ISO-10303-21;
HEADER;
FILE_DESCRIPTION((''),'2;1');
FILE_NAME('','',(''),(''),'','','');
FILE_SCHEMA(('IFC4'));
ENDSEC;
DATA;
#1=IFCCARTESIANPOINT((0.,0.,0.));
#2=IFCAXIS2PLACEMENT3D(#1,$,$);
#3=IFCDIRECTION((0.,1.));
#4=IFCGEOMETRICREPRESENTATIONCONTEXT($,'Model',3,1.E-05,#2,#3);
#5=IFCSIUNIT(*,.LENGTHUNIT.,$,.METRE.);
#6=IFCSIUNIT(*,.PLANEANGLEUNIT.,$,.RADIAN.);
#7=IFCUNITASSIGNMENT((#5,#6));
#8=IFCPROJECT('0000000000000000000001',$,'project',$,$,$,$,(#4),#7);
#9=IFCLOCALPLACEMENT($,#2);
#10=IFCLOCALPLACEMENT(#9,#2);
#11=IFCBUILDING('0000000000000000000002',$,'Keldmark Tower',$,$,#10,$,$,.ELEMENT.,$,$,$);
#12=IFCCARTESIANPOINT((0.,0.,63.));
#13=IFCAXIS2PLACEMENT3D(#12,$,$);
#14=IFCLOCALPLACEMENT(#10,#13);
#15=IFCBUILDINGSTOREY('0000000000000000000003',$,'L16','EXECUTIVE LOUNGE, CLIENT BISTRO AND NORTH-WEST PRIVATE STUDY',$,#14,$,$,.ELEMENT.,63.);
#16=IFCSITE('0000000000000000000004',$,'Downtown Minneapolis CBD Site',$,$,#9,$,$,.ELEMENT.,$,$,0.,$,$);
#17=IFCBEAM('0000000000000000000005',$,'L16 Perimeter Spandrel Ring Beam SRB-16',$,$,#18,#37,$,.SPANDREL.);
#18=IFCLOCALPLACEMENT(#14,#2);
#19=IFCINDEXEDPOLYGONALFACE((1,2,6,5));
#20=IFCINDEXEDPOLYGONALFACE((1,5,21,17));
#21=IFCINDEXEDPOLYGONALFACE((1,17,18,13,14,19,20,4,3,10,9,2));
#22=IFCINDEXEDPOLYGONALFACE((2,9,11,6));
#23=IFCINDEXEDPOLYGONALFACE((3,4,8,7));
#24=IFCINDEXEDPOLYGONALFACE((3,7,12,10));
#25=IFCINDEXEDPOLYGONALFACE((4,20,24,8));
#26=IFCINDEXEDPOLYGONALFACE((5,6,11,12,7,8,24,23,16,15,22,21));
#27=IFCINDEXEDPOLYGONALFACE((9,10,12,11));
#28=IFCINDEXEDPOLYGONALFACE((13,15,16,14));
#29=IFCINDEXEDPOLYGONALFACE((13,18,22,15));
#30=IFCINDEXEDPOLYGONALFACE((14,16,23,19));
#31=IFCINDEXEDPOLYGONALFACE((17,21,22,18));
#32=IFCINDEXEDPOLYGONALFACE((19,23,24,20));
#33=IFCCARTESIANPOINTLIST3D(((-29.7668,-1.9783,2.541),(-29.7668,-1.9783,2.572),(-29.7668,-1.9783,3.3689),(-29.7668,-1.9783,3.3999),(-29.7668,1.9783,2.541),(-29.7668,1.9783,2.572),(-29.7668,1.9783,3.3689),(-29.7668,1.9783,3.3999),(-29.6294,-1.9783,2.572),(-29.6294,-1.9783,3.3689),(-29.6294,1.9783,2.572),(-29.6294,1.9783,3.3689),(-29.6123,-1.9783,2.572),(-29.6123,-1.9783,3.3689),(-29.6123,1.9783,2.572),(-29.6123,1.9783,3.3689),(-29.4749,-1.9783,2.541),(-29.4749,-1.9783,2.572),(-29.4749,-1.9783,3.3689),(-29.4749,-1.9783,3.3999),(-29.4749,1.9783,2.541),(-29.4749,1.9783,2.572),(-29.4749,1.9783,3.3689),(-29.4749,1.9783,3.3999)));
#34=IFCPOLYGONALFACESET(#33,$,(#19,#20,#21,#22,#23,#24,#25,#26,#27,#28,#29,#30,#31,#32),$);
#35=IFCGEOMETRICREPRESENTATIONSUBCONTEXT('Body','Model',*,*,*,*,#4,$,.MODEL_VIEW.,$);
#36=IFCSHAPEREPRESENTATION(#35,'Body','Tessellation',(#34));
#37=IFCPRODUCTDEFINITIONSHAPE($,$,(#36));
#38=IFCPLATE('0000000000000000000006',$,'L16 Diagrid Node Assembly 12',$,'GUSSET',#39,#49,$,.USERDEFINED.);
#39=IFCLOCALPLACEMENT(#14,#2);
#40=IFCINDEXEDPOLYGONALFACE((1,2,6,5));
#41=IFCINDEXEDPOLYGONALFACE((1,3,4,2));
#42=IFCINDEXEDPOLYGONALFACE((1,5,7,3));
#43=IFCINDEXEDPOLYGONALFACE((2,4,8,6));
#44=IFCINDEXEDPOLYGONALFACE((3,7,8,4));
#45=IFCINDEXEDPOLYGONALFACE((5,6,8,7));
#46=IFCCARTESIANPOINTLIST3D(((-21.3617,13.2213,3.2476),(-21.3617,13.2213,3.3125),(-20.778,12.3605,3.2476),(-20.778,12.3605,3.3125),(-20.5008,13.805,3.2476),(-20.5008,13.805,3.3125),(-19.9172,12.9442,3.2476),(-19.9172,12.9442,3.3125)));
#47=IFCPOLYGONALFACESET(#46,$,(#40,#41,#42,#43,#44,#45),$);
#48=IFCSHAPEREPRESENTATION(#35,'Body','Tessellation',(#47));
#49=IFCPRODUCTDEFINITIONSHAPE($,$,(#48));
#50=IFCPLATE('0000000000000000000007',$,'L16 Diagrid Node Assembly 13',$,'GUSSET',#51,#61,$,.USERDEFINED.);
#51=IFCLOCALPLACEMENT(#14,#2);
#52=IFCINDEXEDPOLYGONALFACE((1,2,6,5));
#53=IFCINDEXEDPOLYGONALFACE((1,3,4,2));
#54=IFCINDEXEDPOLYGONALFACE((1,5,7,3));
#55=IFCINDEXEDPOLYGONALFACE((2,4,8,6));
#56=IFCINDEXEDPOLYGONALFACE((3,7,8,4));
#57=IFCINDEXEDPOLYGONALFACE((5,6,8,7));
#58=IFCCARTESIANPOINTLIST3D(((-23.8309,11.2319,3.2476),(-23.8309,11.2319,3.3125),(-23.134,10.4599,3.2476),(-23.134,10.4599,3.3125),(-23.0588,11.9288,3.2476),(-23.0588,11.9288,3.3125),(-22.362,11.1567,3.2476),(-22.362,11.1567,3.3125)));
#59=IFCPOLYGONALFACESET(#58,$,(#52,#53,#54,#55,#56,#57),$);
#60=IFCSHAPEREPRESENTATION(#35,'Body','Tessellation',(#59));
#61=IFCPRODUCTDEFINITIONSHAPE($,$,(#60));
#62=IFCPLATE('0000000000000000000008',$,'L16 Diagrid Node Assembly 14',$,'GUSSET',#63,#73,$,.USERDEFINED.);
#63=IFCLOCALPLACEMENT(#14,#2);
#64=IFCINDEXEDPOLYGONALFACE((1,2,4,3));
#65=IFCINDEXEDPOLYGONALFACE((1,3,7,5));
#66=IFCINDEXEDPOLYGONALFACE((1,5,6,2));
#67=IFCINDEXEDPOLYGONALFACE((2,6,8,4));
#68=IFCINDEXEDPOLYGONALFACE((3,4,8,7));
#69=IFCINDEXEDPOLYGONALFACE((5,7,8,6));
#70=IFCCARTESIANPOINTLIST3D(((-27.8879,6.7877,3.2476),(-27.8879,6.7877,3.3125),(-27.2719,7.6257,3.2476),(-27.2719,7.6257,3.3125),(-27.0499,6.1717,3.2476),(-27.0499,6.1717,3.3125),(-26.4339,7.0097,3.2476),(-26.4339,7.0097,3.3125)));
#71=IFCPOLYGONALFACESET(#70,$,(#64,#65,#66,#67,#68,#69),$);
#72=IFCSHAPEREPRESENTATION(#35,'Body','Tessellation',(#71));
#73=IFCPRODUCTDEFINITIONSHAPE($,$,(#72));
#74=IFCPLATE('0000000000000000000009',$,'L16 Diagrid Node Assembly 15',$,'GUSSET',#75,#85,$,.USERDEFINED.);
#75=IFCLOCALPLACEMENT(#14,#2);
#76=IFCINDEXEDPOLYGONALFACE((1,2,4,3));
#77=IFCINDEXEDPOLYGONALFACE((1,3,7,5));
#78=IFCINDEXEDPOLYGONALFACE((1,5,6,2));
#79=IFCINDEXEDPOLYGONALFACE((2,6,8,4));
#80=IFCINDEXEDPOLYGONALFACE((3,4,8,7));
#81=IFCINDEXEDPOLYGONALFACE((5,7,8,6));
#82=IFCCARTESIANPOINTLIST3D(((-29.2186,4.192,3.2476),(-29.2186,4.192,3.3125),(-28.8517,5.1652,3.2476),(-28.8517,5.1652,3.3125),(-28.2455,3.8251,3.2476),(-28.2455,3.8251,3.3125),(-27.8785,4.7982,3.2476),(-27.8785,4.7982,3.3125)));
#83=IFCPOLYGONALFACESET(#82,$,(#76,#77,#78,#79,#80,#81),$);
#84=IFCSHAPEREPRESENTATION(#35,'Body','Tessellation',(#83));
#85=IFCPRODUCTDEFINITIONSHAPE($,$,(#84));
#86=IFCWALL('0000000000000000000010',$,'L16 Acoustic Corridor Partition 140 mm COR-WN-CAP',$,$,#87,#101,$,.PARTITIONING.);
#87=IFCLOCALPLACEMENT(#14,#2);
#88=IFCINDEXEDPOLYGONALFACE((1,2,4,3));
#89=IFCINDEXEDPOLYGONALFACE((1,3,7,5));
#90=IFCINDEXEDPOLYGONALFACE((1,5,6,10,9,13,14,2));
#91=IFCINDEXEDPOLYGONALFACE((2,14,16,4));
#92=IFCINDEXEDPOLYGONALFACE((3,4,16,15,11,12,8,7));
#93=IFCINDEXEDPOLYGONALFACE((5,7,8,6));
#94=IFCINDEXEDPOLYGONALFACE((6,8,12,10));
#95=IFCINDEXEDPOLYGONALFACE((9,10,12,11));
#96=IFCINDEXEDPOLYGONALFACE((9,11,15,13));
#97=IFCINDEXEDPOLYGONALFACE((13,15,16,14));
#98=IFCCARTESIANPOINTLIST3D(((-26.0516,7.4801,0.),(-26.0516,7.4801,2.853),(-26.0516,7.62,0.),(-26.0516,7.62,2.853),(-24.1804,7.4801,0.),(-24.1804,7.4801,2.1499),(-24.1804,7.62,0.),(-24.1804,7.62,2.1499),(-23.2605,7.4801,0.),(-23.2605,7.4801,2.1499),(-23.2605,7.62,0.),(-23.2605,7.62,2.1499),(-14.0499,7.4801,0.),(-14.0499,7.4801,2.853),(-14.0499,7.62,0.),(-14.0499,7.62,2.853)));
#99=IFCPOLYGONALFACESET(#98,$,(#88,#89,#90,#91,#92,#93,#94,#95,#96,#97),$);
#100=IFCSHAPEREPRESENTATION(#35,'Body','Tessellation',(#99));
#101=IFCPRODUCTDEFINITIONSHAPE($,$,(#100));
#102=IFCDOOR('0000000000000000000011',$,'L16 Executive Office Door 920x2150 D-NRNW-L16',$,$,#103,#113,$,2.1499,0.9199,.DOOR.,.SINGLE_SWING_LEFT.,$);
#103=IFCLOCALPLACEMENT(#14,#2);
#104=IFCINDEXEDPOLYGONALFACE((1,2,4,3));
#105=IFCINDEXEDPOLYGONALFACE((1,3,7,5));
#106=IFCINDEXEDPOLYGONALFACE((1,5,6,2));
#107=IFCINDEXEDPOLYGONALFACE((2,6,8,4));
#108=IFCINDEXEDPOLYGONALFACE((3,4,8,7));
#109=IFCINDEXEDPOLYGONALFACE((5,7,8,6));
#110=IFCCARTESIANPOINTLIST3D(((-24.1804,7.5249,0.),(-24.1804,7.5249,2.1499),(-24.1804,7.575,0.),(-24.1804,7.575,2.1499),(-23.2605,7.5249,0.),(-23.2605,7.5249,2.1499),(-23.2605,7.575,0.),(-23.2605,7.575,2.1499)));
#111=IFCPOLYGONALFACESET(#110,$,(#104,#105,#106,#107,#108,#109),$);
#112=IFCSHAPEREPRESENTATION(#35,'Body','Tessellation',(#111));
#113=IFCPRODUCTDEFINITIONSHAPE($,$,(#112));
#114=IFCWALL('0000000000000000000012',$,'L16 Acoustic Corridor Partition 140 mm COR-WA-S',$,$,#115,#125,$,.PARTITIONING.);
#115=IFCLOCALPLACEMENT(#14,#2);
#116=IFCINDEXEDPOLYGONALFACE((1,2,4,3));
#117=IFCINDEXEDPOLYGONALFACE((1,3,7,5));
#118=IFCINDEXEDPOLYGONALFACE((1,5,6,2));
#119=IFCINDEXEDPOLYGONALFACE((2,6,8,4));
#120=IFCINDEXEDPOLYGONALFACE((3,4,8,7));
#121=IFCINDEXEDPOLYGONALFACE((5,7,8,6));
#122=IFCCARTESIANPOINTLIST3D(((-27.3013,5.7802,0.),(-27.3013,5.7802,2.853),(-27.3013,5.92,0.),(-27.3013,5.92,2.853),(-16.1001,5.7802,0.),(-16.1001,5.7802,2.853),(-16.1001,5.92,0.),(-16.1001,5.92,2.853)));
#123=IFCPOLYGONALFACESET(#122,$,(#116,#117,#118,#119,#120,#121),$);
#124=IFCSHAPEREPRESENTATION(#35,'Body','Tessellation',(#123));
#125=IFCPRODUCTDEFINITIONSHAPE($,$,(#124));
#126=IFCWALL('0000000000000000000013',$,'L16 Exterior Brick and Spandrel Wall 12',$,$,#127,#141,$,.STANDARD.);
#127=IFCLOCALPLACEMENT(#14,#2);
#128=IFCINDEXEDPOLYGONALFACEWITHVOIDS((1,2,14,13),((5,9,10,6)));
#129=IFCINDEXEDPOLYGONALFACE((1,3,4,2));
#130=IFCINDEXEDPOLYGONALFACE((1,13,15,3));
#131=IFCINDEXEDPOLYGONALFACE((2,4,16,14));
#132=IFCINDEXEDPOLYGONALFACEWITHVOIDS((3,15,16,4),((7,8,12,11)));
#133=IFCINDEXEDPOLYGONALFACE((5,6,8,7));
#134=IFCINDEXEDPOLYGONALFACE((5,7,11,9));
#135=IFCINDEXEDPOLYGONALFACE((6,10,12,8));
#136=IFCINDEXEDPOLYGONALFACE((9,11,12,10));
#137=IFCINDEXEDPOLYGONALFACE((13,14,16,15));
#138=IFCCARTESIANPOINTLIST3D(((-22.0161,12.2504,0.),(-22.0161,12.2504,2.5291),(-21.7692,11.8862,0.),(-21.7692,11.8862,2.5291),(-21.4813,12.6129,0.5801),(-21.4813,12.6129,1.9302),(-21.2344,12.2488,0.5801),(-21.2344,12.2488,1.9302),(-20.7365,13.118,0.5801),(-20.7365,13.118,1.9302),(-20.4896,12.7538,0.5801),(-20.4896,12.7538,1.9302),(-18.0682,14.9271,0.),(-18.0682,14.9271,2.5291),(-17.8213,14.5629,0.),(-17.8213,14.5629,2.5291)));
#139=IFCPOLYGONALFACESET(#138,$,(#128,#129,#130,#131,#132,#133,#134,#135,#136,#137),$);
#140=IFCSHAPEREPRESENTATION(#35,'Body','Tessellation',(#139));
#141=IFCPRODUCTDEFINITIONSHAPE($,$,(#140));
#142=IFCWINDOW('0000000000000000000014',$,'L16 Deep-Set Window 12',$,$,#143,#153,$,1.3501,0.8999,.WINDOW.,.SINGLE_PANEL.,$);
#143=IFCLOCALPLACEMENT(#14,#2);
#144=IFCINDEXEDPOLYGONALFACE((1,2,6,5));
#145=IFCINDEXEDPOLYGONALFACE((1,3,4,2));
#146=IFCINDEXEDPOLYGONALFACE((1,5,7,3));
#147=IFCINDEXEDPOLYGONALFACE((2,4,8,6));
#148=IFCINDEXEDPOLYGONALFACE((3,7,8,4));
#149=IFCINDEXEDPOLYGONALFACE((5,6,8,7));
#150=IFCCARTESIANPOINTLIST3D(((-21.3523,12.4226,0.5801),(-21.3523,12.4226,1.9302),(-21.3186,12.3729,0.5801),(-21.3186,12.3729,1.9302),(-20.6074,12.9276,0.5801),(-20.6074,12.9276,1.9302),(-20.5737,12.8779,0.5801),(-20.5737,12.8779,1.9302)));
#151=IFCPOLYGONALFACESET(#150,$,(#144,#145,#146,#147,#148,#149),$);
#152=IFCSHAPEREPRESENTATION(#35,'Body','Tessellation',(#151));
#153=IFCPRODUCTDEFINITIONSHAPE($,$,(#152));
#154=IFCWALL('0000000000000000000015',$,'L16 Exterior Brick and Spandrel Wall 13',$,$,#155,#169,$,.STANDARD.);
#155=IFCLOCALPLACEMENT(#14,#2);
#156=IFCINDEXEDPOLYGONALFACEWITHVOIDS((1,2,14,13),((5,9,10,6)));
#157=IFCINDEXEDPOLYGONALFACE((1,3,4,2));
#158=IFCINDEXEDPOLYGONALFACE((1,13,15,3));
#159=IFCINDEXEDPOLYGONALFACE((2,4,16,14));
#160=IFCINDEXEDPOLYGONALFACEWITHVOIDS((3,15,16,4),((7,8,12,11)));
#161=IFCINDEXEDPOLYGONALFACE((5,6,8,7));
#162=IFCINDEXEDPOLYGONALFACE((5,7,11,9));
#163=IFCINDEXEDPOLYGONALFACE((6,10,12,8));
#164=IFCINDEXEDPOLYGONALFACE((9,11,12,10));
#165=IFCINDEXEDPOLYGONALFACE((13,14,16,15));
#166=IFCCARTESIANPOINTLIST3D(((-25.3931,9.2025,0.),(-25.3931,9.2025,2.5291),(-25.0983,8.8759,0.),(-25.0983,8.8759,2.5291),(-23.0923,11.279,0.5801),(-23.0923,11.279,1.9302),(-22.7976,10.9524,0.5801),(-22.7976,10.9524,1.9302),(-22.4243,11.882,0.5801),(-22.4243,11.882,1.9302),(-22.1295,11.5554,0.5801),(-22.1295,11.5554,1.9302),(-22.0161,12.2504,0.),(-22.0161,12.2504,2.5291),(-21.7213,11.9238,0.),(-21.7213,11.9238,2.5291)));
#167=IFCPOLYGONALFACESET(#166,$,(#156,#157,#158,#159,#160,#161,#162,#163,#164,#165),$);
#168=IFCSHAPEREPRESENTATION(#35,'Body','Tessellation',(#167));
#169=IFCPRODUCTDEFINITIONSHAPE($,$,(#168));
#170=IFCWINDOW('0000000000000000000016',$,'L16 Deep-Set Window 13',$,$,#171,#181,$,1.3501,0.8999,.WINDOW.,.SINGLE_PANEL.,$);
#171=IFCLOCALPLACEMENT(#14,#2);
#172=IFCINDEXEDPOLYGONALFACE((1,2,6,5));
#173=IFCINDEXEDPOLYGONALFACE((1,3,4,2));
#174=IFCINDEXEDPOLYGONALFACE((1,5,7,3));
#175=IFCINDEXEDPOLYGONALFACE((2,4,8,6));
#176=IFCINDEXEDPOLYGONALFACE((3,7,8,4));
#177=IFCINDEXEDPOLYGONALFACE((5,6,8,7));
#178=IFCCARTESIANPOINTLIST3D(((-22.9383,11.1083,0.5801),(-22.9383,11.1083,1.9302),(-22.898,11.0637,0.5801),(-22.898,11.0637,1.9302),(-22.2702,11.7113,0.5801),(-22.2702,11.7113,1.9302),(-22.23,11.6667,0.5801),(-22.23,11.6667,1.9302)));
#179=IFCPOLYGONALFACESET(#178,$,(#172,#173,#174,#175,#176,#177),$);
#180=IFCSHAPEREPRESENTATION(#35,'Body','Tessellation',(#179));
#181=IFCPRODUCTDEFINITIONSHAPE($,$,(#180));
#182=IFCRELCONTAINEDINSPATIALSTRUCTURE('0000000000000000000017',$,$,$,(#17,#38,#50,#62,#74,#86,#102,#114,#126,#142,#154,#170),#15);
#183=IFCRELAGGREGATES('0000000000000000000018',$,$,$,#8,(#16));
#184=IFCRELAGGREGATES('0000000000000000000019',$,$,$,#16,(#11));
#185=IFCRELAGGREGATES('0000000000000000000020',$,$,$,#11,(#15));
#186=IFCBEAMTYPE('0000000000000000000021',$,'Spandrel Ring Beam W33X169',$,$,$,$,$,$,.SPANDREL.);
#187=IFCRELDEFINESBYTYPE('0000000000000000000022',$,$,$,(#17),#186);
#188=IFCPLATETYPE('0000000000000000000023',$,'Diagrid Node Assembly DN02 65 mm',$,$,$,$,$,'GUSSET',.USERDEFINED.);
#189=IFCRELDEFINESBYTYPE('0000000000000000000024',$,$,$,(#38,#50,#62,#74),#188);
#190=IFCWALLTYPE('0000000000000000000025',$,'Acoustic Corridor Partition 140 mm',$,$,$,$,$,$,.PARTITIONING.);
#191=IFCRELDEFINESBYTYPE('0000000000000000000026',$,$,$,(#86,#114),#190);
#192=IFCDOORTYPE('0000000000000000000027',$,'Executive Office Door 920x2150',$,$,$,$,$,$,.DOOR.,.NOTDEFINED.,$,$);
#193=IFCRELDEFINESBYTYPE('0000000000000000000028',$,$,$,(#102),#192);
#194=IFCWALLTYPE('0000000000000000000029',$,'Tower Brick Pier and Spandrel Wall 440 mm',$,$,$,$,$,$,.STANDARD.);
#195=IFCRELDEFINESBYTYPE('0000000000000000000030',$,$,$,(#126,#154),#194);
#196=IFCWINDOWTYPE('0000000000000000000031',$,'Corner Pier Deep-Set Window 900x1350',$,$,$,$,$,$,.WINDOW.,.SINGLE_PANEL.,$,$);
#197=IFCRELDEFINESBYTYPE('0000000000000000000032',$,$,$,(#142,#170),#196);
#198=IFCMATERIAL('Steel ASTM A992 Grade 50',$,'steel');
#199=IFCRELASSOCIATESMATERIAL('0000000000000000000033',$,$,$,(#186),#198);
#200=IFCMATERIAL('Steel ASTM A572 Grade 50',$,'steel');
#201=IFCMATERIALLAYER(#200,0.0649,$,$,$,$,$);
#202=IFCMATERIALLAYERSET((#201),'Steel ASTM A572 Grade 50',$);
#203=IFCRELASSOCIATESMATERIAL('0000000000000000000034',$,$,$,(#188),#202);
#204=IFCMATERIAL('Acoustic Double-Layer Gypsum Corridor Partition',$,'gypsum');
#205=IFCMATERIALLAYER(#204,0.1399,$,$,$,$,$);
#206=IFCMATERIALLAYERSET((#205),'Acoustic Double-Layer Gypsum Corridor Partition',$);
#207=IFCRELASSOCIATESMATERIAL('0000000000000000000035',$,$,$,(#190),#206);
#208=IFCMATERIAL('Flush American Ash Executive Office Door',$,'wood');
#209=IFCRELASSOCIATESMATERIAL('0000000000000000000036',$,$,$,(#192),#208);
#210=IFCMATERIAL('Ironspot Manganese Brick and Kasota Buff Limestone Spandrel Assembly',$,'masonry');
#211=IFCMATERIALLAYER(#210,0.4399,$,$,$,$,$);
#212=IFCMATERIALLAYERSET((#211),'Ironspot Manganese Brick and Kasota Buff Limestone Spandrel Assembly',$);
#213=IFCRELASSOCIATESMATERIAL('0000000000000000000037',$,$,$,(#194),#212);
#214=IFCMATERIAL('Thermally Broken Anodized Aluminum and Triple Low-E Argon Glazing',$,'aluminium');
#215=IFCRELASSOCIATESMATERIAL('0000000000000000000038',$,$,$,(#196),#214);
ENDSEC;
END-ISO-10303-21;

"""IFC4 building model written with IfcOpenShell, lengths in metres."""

from ifc_helpers import new_model, si_unit, direction, frame, frame_2d, origin, origin_2d, place, context, subcontext, project, spatial, rectangle, i_section, extrude, material, layer, layer_set, material_profile, profile_set, type_object, element, fill, save


model = new_model("IFC4")

# Units and contexts
model_context = context("Model", 3, precision=1e-05, world=origin(), true_north=direction((0.0, 1.0)))
body_context = subcontext(model_context, "Body", "Model", "MODEL_VIEW")
ifc_project = project(units=[si_unit("LENGTHUNIT", "METRE"), si_unit("PLANEANGLEUNIT", "RADIAN")], contexts=[model_context])

# Site, building, storey
site_placement = place(None, origin())
site = spatial("IfcSite", under=ifc_project, at=site_placement, Name="Downtown Minneapolis CBD Site", CompositionType="ELEMENT", RefElevation=0.0)
building_placement = place(site_placement, origin())
building = spatial("IfcBuilding", under=site, at=building_placement, Name="Keldmark Tower", CompositionType="ELEMENT")
storey_placement = place(building_placement, frame((0.0, 0.0, 63.0)))
storey = spatial("IfcBuildingStorey", under=building, at=storey_placement, Name="L16", Description="EXECUTIVE LOUNGE, CLIENT BISTRO AND NORTH-WEST PRIVATE STUDY", CompositionType="ELEMENT", Elevation=63.0)

# Beam
ifc_material_1 = material(Name="Steel ASTM A992 Grade 50", Category="steel")
ifc_material_profile_1 = material_profile(ifc_material_1, i_section(OverallWidth=0.292, OverallDepth=0.8589, WebThickness=0.0171, FlangeThickness=0.031, at=origin_2d()), Name="W33X169")
ifc_profile_set_1 = profile_set([ifc_material_profile_1], Name="Steel ASTM A992 Grade 50")
beam_type_1 = type_object("IfcBeamType", Name="Spandrel Ring Beam W33X169", PredefinedType="SPANDREL", material=ifc_profile_set_1)
beam_1_placement = place(storey_placement, frame((-29.6208, 1.9783, 2.9705), z_axis=(0.0, -1.0, 0.0), x_axis=(1.0, 0.0, 0.0)))
element("IfcBeam", 1, at=beam_1_placement, inside=storey, type_object=beam_type_1, Name="L16 Perimeter Spandrel Ring Beam SRB-16", PredefinedType="SPANDREL", context=body_context, shape_type="SweptSolid", body=[
    extrude(i_section(OverallWidth=0.292, OverallDepth=0.8589, WebThickness=0.0171, FlangeThickness=0.031, at=origin_2d()), origin(), (0.0, 0.0, 1.0), 3.9565),
])

# Plates
ifc_material_2 = material(Name="Steel ASTM A572 Grade 50", Category="steel")
ifc_layer_1 = layer(ifc_material_2, 0.0649)
ifc_layer_set_1 = layer_set([ifc_layer_1], Name="Steel ASTM A572 Grade 50")
plate_type = type_object("IfcPlateType", Name="Diagrid Node Assembly DN02 65 mm", ElementType="GUSSET", PredefinedType="USERDEFINED", material=ifc_layer_set_1)
for number, where, z_axis, x_axis, name in (
    (2, (-20.6394, 13.0828, 3.2476), (0.0, 0.0, 1.0), (-0.827669, -0.561217, 0.0), "L16 Diagrid Node Assembly 12"),
    (3, (-23.0964, 11.1943, 3.2476), (0.0, 0.0, 1.0), (-0.742327, -0.670038, 0.0), "L16 Diagrid Node Assembly 13"),
    (4, (-27.1609, 6.8987, 3.2476), (0.0, 0.0, 1.0), (-0.592294, -0.805722, 0.0), "L16 Diagrid Node Assembly 14"),
    (5, (-28.5486, 4.4951, 3.2476), (0.0, 0.0, 1.0), (-0.352822, -0.935691, 0.0), "L16 Diagrid Node Assembly 15"),
):
    element("IfcPlate", number, at=place(storey_placement, frame(where, z_axis=z_axis, x_axis=x_axis)), inside=storey, type_object=plate_type, Name=name, ObjectType="GUSSET", PredefinedType="USERDEFINED", context=body_context, shape_type="SweptSolid", body=[
        extrude(rectangle(XDim=1.04, YDim=1.04, at=origin_2d()), origin(), (0.0, 0.0, 1.0), 0.0649),
    ])

# Wall, opening, door
ifc_material_3 = material(Name="Acoustic Double-Layer Gypsum Corridor Partition", Category="gypsum")
ifc_layer_2 = layer(ifc_material_3, 0.1399)
ifc_layer_set_2 = layer_set([ifc_layer_2], Name="Acoustic Double-Layer Gypsum Corridor Partition")
wall_type_1 = type_object("IfcWallType", Name="Acoustic Corridor Partition 140 mm", PredefinedType="PARTITIONING", material=ifc_layer_set_2)
wall_1_placement = place(storey_placement, frame((-26.0518, 7.55, 0.0), z_axis=(0.0, 0.0, 1.0), x_axis=(1.0, 0.0, 0.0)))
wall_1 = element("IfcWall", 6, at=wall_1_placement, inside=storey, type_object=wall_type_1, Name="L16 Acoustic Corridor Partition 140 mm COR-WN-CAP", PredefinedType="PARTITIONING", context=body_context, shape_type="SweptSolid", body=[
    extrude(rectangle(XDim=12.0017, YDim=0.1399, at=frame_2d((6.001, 0.0))), origin(), (0.0, 0.0, 1.0), 2.853),
])
opening_1_placement = place(wall_1_placement, frame((1.8713, 0.0, 0.0)))
opening_1 = element("IfcOpeningElement", 7, at=opening_1_placement, cuts=wall_1, PredefinedType="OPENING", context=body_context, shape_type="SweptSolid", body=[
    extrude(rectangle(XDim=0.9199, YDim=2.1499, at=frame_2d((0.46, 1.075))), frame((0.0, 0.0798, 0.0), z_axis=(0.0, -1.0, 0.0), x_axis=(1.0, 0.0, 0.0)), (0.0, 0.0, 1.0), 0.1599),
])
ifc_material_4 = material(Name="Flush American Ash Executive Office Door", Category="wood")
door_type = type_object("IfcDoorType", Name="Executive Office Door 920x2150", OperationType="NOTDEFINED", PredefinedType="DOOR", material=ifc_material_4)
door_placement = place(opening_1_placement, origin())
door = element("IfcDoor", 8, at=door_placement, inside=storey, type_object=door_type, Name="L16 Executive Office Door 920x2150 D-NRNW-L16", OperationType="SINGLE_SWING_LEFT", OverallHeight=2.1499, OverallWidth=0.9199, PredefinedType="DOOR", context=body_context, shape_type="SweptSolid", body=[
    extrude(rectangle(XDim=0.9199, YDim=2.1499, at=frame_2d((0.46, 1.075))), frame((0.0, 0.0249, 0.0), z_axis=(0.0, -1.0, 0.0), x_axis=(1.0, 0.0, 0.0)), (0.0, 0.0, 1.0), 0.05),
])
fill(opening_1, door)

# Wall
wall_2_placement = place(storey_placement, frame((-27.3013, 5.8501, 0.0), z_axis=(0.0, 0.0, 1.0), x_axis=(1.0, 0.0, 0.0)))
element("IfcWall", 9, at=wall_2_placement, inside=storey, type_object=wall_type_1, Name="L16 Acoustic Corridor Partition 140 mm COR-WA-S", PredefinedType="PARTITIONING", context=body_context, shape_type="SweptSolid", body=[
    extrude(rectangle(XDim=11.2012, YDim=0.1399, at=frame_2d((5.6006, 0.0))), origin(), (0.0, 0.0, 1.0), 2.853),
])

# Walls, openings, windows
ifc_material_5 = material(Name="Ironspot Manganese Brick and Kasota Buff Limestone Spandrel Assembly", Category="masonry")
ifc_layer_3 = layer(ifc_material_5, 0.4399)
ifc_layer_set_3 = layer_set([ifc_layer_3], Name="Ironspot Manganese Brick and Kasota Buff Limestone Spandrel Assembly")
wall_type_2 = type_object("IfcWallType", Name="Tower Brick Pier and Spandrel Wall 440 mm", PredefinedType="STANDARD", material=ifc_layer_set_3)
wall_3_placement = place(storey_placement, frame((-21.8926, 12.0684, 0.0), z_axis=(0.0, 0.0, 1.0), x_axis=(0.827694, 0.56118, 0.0)))
wall_3 = element("IfcWall", 10, at=wall_3_placement, inside=storey, type_object=wall_type_2, Name="L16 Exterior Brick and Spandrel Wall 12", PredefinedType="STANDARD", context=body_context, shape_type="SweptSolid", body=[
    extrude(rectangle(XDim=4.7698, YDim=0.4399, at=frame_2d((2.3848, 0.0))), origin(), (0.0, 0.0, 1.0), 2.5291),
])
opening_2_placement = place(wall_3_placement, frame((0.646, 0.0, 0.5801)))
opening_2 = element("IfcOpeningElement", 11, at=opening_2_placement, cuts=wall_3, PredefinedType="OPENING", context=body_context, shape_type="SweptSolid", body=[
    extrude(rectangle(XDim=0.8999, YDim=1.3501, at=frame_2d((0.45, 0.675))), frame((0.0, 0.23, 0.0), z_axis=(0.0, -1.0, 0.0), x_axis=(1.0, 0.0, 0.0)), (0.0, 0.0, 1.0), 0.46),
])
ifc_material_6 = material(Name="Thermally Broken Anodized Aluminum and Triple Low-E Argon Glazing", Category="aluminium")
window_type = type_object("IfcWindowType", Name="Corner Pier Deep-Set Window 900x1350", PartitioningType="SINGLE_PANEL", PredefinedType="WINDOW", material=ifc_material_6)
window_1_placement = place(opening_2_placement, origin())
window_1 = element("IfcWindow", 12, at=window_1_placement, inside=storey, type_object=window_type, Name="L16 Deep-Set Window 12", OverallHeight=1.3501, OverallWidth=0.8999, PartitioningType="SINGLE_PANEL", PredefinedType="WINDOW", context=body_context, shape_type="SweptSolid", body=[
    extrude(rectangle(XDim=0.8999, YDim=1.3501, at=frame_2d((0.45, 0.675))), frame((0.0, -0.01, 0.0), z_axis=(0.0, -1.0, 0.0), x_axis=(1.0, 0.0, 0.0)), (0.0, 0.0, 1.0), 0.0601),
])
fill(opening_2, window_1)
wall_4_placement = place(storey_placement, frame((-25.2456, 9.0393, 0.0), z_axis=(0.0, 0.0, 1.0), x_axis=(0.742354, 0.670008, 0.0)))
wall_4 = element("IfcWall", 13, at=wall_4_placement, inside=storey, type_object=wall_type_2, Name="L16 Exterior Brick and Spandrel Wall 13", PredefinedType="STANDARD", context=body_context, shape_type="SweptSolid", body=[
    extrude(rectangle(XDim=4.5491, YDim=0.4399, at=frame_2d((2.2744, 0.0))), origin(), (0.0, 0.0, 1.0), 2.5291),
])
opening_3_placement = place(wall_4_placement, frame((3.0991, 0.0, 0.5801)))
opening_3 = element("IfcOpeningElement", 14, at=opening_3_placement, cuts=wall_4, PredefinedType="OPENING", context=body_context, shape_type="SweptSolid", body=[
    extrude(rectangle(XDim=0.8999, YDim=1.3501, at=frame_2d((0.45, 0.675))), frame((0.0, 0.23, 0.0), z_axis=(0.0, -1.0, 0.0), x_axis=(1.0, 0.0, 0.0)), (0.0, 0.0, 1.0), 0.46),
])
window_2_placement = place(opening_3_placement, origin())
window_2 = element("IfcWindow", 15, at=window_2_placement, inside=storey, type_object=window_type, Name="L16 Deep-Set Window 13", OverallHeight=1.3501, OverallWidth=0.8999, PartitioningType="SINGLE_PANEL", PredefinedType="WINDOW", context=body_context, shape_type="SweptSolid", body=[
    extrude(rectangle(XDim=0.8999, YDim=1.3501, at=frame_2d((0.45, 0.675))), frame((0.0, -0.01, 0.0), z_axis=(0.0, -1.0, 0.0), x_axis=(1.0, 0.0, 0.0)), (0.0, 0.0, 1.0), 0.0601),
])
fill(opening_3, window_2)

save(model, "model.ifc")
